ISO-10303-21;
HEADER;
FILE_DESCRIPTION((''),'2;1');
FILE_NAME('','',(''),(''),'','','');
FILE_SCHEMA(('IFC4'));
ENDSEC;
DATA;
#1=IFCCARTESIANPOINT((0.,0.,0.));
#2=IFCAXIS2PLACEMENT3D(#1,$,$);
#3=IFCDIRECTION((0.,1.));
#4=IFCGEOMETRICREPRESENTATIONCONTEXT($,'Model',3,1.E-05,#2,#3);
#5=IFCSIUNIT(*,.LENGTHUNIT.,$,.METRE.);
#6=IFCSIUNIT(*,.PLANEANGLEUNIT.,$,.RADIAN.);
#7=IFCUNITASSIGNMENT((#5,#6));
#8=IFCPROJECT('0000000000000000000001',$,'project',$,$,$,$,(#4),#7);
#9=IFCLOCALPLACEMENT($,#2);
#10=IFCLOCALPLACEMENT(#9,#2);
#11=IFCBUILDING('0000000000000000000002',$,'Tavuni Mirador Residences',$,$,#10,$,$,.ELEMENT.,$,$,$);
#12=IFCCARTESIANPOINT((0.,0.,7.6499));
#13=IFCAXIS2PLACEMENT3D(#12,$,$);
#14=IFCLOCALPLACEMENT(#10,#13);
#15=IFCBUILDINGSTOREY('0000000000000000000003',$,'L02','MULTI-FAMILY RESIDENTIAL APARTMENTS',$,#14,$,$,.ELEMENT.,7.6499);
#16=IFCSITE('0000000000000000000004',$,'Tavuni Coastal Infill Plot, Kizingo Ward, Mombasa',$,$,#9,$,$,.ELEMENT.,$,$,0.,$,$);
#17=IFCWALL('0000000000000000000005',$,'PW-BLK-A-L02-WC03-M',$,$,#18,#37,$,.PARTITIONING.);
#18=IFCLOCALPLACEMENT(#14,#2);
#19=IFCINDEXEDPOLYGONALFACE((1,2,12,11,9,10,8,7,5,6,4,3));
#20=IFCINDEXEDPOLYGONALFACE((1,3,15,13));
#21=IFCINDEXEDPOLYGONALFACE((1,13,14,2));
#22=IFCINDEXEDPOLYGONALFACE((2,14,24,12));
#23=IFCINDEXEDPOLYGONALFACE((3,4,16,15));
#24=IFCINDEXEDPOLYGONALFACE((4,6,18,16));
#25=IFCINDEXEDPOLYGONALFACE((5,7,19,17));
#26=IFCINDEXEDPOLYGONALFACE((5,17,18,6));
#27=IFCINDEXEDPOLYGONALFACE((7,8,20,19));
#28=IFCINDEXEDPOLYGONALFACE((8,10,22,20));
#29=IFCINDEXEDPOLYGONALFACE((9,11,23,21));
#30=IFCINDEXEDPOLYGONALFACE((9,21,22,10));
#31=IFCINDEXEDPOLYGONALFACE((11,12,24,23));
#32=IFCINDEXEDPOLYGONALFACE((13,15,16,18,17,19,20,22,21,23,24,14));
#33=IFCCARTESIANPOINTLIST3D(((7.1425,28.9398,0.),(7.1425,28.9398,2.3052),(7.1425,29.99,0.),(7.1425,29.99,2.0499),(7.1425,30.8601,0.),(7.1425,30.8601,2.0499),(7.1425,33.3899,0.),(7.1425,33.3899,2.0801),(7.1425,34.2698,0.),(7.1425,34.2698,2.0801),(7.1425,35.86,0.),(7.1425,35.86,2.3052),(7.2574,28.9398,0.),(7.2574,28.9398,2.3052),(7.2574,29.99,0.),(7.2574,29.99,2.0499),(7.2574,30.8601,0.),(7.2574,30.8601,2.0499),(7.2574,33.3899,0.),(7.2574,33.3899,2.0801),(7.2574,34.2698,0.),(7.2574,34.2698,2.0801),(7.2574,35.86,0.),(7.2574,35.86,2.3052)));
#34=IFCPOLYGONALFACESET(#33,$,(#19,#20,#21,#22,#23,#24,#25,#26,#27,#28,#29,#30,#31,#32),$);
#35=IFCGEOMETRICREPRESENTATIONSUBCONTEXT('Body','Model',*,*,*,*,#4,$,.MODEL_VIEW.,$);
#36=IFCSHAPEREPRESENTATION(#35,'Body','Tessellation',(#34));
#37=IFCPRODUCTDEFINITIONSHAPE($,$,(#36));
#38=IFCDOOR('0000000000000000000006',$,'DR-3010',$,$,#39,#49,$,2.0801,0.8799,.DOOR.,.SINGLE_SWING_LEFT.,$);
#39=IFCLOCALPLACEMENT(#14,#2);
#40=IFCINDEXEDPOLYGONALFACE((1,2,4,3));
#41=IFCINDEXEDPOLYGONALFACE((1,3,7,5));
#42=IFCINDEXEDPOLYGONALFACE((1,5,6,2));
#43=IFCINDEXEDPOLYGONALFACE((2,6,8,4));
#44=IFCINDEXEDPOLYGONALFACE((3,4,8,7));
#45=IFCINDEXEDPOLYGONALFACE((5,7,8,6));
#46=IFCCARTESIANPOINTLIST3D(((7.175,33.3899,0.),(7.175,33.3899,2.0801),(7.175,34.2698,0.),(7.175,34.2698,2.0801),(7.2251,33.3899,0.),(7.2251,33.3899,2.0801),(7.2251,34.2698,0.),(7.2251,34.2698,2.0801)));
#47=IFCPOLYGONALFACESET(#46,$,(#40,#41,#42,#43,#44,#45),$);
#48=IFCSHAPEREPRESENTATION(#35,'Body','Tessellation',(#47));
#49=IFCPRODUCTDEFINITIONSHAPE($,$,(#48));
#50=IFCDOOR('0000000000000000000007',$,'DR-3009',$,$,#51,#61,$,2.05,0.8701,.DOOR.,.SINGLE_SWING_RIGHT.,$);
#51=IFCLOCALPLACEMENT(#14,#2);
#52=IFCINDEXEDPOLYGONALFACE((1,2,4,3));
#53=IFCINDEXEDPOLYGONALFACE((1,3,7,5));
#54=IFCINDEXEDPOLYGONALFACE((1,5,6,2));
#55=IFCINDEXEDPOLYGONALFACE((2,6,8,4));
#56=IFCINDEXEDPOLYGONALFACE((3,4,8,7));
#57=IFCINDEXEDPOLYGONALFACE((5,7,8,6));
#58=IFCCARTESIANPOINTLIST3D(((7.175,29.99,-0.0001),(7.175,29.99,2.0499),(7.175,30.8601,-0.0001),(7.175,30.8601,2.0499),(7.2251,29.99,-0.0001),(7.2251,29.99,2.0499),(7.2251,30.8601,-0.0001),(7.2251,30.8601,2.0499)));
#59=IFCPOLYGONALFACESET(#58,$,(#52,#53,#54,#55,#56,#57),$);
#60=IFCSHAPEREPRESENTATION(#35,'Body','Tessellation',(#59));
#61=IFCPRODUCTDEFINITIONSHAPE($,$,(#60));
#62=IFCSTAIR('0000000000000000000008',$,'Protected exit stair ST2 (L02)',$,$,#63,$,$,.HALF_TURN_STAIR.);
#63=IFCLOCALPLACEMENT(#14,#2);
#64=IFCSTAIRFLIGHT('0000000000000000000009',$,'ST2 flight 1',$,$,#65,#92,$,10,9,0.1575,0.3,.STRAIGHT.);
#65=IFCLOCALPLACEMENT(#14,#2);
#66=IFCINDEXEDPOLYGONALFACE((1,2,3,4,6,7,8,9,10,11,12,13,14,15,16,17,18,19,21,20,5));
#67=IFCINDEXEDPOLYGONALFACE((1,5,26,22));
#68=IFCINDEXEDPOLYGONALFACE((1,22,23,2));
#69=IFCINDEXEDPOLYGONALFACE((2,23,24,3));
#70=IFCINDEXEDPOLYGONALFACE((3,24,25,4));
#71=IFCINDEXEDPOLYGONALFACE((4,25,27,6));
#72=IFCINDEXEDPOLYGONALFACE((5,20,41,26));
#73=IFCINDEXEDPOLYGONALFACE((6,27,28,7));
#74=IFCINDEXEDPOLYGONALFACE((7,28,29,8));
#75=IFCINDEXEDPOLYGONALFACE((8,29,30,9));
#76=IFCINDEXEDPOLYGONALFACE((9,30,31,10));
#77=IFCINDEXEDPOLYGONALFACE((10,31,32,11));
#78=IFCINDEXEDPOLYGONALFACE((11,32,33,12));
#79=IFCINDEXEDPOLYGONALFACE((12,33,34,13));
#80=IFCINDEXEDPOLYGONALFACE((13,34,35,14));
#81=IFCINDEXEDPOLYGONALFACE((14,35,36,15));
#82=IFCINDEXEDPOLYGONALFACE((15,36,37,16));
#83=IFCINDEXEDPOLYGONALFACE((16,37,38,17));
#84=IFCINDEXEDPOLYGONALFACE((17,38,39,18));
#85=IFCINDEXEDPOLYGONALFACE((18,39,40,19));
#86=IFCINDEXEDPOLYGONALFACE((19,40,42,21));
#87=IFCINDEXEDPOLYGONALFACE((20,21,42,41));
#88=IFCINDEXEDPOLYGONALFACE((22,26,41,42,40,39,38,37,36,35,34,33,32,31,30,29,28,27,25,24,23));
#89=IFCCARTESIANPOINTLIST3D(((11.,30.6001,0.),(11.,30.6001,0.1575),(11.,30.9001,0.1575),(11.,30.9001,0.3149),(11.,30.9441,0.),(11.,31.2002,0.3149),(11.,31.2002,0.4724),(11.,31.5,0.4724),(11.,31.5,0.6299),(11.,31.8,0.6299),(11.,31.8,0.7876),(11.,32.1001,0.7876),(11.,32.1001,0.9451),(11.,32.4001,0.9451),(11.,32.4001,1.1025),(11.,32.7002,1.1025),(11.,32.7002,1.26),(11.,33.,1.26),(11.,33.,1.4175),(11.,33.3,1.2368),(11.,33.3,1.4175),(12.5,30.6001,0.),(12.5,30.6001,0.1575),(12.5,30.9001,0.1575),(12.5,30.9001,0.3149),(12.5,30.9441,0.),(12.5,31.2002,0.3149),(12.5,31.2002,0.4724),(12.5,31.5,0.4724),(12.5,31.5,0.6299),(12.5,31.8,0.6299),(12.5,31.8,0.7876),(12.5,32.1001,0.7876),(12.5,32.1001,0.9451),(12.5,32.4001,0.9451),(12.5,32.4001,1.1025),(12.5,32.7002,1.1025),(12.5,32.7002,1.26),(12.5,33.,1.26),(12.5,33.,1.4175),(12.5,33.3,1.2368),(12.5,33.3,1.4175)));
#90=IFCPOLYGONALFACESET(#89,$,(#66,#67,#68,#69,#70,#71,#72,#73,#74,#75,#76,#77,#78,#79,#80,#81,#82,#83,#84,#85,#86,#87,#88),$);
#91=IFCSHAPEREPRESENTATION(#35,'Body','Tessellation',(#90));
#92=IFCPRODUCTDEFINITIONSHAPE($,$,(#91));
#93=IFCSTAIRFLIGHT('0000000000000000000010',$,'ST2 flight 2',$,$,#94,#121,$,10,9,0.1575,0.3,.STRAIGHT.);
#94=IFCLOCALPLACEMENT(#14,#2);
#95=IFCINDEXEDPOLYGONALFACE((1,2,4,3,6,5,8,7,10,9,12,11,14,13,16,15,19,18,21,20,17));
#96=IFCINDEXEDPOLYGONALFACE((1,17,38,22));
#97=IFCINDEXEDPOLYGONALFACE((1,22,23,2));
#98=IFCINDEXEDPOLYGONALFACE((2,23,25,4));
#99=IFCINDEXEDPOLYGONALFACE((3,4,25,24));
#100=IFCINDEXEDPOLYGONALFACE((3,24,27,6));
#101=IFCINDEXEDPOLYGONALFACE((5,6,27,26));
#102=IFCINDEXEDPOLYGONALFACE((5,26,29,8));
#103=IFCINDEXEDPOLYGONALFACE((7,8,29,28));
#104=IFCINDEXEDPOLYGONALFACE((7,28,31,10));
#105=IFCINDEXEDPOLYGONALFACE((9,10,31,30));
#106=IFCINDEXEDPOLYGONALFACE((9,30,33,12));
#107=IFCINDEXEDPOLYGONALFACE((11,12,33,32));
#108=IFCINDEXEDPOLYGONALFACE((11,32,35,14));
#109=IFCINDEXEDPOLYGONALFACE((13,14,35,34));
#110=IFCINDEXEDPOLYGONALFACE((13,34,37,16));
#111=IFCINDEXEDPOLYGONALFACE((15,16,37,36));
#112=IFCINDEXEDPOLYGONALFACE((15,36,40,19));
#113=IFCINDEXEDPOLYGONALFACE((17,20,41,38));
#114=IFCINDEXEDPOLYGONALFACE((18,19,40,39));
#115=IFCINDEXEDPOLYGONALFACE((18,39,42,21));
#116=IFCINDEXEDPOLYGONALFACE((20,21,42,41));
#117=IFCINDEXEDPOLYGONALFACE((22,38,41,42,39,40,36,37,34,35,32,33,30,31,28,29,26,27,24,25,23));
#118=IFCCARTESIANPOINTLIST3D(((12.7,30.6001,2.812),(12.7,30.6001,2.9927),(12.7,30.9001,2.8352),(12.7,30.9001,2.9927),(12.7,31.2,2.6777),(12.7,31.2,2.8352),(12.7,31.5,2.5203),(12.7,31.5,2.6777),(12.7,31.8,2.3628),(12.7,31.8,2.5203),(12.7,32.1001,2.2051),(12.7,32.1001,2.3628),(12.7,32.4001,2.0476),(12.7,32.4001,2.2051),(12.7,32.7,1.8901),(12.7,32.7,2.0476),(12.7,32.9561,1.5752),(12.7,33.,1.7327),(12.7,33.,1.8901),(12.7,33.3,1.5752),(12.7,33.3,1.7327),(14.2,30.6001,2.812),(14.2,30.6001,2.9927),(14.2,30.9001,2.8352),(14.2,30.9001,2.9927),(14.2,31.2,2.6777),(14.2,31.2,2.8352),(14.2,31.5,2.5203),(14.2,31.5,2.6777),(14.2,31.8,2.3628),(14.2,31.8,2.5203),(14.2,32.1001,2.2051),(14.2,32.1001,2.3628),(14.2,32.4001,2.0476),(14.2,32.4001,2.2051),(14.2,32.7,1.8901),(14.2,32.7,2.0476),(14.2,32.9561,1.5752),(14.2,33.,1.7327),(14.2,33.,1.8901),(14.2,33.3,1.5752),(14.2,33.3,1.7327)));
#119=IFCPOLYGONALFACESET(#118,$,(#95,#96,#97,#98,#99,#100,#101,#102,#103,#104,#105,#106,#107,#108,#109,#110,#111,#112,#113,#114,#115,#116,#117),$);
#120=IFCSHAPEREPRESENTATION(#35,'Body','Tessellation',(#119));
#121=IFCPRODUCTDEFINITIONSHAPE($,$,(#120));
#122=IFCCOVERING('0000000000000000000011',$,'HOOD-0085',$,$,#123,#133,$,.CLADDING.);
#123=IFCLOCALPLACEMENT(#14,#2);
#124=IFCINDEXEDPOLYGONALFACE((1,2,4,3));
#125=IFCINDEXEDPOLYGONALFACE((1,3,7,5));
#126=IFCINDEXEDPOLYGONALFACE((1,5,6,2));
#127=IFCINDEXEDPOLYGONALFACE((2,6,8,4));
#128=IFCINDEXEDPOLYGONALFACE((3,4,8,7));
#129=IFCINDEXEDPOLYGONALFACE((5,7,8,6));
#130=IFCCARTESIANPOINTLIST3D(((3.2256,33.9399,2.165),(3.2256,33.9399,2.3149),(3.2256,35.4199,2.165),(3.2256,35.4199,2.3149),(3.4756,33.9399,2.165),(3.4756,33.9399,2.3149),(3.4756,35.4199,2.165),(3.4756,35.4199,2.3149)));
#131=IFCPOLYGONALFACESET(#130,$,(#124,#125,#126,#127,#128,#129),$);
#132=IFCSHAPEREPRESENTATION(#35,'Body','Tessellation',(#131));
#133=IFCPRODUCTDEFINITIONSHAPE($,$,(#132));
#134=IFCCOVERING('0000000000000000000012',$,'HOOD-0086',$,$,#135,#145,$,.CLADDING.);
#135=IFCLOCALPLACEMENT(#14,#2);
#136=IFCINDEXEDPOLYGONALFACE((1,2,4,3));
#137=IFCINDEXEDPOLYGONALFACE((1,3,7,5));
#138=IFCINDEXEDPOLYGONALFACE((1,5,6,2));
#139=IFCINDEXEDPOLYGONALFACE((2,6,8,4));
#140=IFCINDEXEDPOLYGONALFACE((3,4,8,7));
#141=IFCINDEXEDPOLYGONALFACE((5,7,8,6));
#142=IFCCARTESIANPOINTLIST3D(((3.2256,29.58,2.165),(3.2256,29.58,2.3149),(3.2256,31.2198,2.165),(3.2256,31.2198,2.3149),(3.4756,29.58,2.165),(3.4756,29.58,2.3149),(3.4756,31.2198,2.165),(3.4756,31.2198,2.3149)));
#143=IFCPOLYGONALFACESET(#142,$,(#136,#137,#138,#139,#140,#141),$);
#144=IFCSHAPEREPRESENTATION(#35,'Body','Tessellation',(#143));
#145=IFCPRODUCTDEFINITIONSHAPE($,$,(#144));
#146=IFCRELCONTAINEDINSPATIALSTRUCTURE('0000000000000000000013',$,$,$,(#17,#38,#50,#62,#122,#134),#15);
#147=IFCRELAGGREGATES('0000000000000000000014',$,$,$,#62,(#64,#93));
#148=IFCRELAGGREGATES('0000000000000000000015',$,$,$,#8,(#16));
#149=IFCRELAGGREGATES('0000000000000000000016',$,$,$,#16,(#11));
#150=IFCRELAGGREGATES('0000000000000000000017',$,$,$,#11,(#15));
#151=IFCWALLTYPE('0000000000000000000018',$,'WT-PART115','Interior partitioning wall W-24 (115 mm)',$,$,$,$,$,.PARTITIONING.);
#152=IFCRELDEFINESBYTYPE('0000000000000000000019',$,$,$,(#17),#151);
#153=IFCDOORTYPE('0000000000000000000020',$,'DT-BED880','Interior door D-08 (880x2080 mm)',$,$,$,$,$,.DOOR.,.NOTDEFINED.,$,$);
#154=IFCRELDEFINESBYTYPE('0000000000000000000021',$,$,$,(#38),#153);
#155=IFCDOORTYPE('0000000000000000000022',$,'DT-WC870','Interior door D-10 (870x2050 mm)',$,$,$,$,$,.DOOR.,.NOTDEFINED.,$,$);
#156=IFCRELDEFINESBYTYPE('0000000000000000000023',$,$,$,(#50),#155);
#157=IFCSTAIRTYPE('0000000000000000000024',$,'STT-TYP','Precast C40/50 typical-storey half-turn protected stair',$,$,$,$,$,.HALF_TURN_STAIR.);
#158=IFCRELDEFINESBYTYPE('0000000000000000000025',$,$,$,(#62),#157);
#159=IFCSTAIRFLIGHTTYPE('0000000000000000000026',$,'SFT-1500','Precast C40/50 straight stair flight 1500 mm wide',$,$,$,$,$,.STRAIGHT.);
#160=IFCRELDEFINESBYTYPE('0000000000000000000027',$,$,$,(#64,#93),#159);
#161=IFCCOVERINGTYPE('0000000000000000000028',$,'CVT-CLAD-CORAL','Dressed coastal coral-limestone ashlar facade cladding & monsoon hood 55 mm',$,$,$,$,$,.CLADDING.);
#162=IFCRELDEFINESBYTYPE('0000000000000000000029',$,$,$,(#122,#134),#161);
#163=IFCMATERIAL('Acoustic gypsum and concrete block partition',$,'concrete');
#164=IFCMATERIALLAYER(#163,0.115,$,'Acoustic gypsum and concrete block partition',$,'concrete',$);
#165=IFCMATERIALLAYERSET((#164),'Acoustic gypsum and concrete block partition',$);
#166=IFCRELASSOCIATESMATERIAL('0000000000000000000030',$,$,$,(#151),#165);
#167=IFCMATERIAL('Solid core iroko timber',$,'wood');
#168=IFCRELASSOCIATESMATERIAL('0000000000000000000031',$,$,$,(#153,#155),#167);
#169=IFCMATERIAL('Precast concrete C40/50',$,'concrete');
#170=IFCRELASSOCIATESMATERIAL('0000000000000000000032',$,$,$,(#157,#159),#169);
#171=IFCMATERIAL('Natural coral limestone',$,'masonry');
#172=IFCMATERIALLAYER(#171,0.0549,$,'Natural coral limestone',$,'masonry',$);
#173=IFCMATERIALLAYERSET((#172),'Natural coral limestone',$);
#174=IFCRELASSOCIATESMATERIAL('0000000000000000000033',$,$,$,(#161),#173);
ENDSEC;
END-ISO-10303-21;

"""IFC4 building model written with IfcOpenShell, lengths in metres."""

from ifc_helpers import new_model, si_unit, direction, frame, frame_2d, origin, origin_2d, place, context, subcontext, project, spatial, polyline, rectangle, outline, extrude, material, layer, layer_set, type_object, element, fill, aggregate, save


model = new_model("IFC4")

# Units and contexts
model_context = context("Model", 3, precision=1e-05, world=origin(), true_north=direction((0.0, 1.0)))
body_context = subcontext(model_context, "Body", "Model", "MODEL_VIEW")
ifc_project = project(units=[si_unit("LENGTHUNIT", "METRE"), si_unit("PLANEANGLEUNIT", "RADIAN")], contexts=[model_context])

# Site, building, storey
site_placement = place(None, origin())
site = spatial("IfcSite", under=ifc_project, at=site_placement, Name="Tavuni Coastal Infill Plot, Kizingo Ward, Mombasa", CompositionType="ELEMENT", RefElevation=0.0)
building_placement = place(site_placement, origin())
building = spatial("IfcBuilding", under=site, at=building_placement, Name="Tavuni Mirador Residences", CompositionType="ELEMENT")
storey_placement = place(building_placement, frame((0.0, 0.0, 7.6499)))
storey = spatial("IfcBuildingStorey", under=building, at=storey_placement, Name="L02", Description="MULTI-FAMILY RESIDENTIAL APARTMENTS", CompositionType="ELEMENT", Elevation=7.6499)

# Shared definitions
ifc_material_1 = material(Name="Precast concrete C40/50", Category="concrete")

# Shared definitions
ifc_material_2 = material(Name="Solid core iroko timber", Category="wood")

# Shared definitions
ifc_material_3 = material(Name="Acoustic gypsum and concrete block partition", Category="concrete")

# Wall, openings, doors
ifc_layer_1 = layer(ifc_material_3, 0.115, Name="Acoustic gypsum and concrete block partition", Category="concrete")
ifc_layer_set_1 = layer_set([ifc_layer_1], Name="Acoustic gypsum and concrete block partition")
wall_type_1 = type_object("IfcWallType", Name="WT-PART115", Description="Interior partitioning wall W-24 (115 mm)", PredefinedType="PARTITIONING", material=ifc_layer_set_1)
wall_1_placement = place(storey_placement, frame((7.2, 28.9399, 0.0), z_axis=(0.0, 0.0, 1.0), x_axis=(0.0, 1.0, 0.0)))
wall_1 = element("IfcWall", 1, at=wall_1_placement, inside=storey, type_object=wall_type_1, Name="PW-BLK-A-L02-WC03-M", PredefinedType="PARTITIONING", context=body_context, shape_type="SweptSolid", body=[
    extrude(rectangle(XDim=6.9202, YDim=0.115, at=frame_2d((3.46, 0.0))), origin(), (0.0, 0.0, 1.0), 2.3052),
])
opening_1_placement = place(wall_1_placement, frame((1.05, 0.0, 0.0)))
opening_1 = element("IfcOpeningElement", 2, at=opening_1_placement, cuts=wall_1, PredefinedType="OPENING", context=body_context, shape_type="SweptSolid", body=[
    extrude(rectangle(XDim=0.8701, YDim=2.05, at=frame_2d((0.4351, 1.0249))), frame((0.0, 0.0674, 0.0), z_axis=(0.0, -1.0, 0.0), x_axis=(1.0, 0.0, 0.0)), (0.0, 0.0, 1.0), 0.135),
])
opening_2_placement = place(wall_1_placement, frame((4.45, 0.0, 0.0)))
opening_2 = element("IfcOpeningElement", 3, at=opening_2_placement, cuts=wall_1, PredefinedType="OPENING", context=body_context, shape_type="SweptSolid", body=[
    extrude(rectangle(XDim=0.8799, YDim=2.0801, at=frame_2d((0.4399, 1.04))), frame((0.0, 0.0674, 0.0), z_axis=(0.0, -1.0, 0.0), x_axis=(1.0, 0.0, 0.0)), (0.0, 0.0, 1.0), 0.135),
])
door_type_1 = type_object("IfcDoorType", Name="DT-BED880", Description="Interior door D-08 (880x2080 mm)", OperationType="NOTDEFINED", PredefinedType="DOOR", material=ifc_material_2)
door_1_placement = place(opening_2_placement, origin())
door_1 = element("IfcDoor", 4, at=door_1_placement, inside=storey, type_object=door_type_1, Name="DR-3010", OperationType="SINGLE_SWING_LEFT", OverallHeight=2.0801, OverallWidth=0.8799, PredefinedType="DOOR", context=body_context, shape_type="SweptSolid", body=[
    extrude(rectangle(XDim=0.8799, YDim=2.0801, at=frame_2d((0.4399, 1.04))), frame((0.0, 0.0249, 0.0), z_axis=(0.0, -1.0, 0.0), x_axis=(1.0, 0.0, 0.0)), (0.0, 0.0, 1.0), 0.05),
])
fill(opening_2, door_1)
door_type_2 = type_object("IfcDoorType", Name="DT-WC870", Description="Interior door D-10 (870x2050 mm)", OperationType="NOTDEFINED", PredefinedType="DOOR", material=ifc_material_2)
door_2_placement = place(opening_1_placement, origin())
door_2 = element("IfcDoor", 5, at=door_2_placement, inside=storey, type_object=door_type_2, Name="DR-3009", OperationType="SINGLE_SWING_RIGHT", OverallHeight=2.05, OverallWidth=0.8701, PredefinedType="DOOR", context=body_context, shape_type="SweptSolid", body=[
    extrude(rectangle(XDim=0.8701, YDim=2.05, at=frame_2d((0.4351, 1.0249))), frame((0.0, 0.0249, 0.0), z_axis=(0.0, -1.0, 0.0), x_axis=(1.0, 0.0, 0.0)), (0.0, 0.0, 1.0), 0.05),
])
fill(opening_1, door_2)

# Stair, stair flights
stair_type = type_object("IfcStairType", Name="STT-TYP", Description="Precast C40/50 typical-storey half-turn protected stair", PredefinedType="HALF_TURN_STAIR", material=ifc_material_1)
stair_placement = place(storey_placement, origin())
stair = element("IfcStair", 6, at=stair_placement, inside=storey, type_object=stair_type, Name="Protected exit stair ST2 (L02)", PredefinedType="HALF_TURN_STAIR")
stair_flight_type = type_object("IfcStairFlightType", Name="SFT-1500", Description="Precast C40/50 straight stair flight 1500 mm wide", PredefinedType="STRAIGHT", material=ifc_material_1)
stair_flight_1_placement = place(storey_placement, frame((11.75, 30.6001, 0.0), z_axis=(0.0, 0.0, 1.0), x_axis=(0.0, 1.0, 0.0)))
stair_flight_1 = element("IfcStairFlight", 7, at=stair_flight_1_placement, type_object=stair_flight_type, Name="ST2 flight 1", NumberOfRisers=10, NumberOfTreads=9, PredefinedType="STRAIGHT", RiserHeight=0.1575, TreadLength=0.3, context=body_context, shape_type="SweptSolid", body=[
    extrude(outline(polyline([(0.0, 0.0), (0.0, 0.1575), (0.3, 0.1575), (0.3, 0.3149), (0.6001, 0.3149), (0.6001, 0.4724), (0.8999, 0.4724), (0.8999, 0.6299), (1.2, 0.6299), (1.2, 0.7876), (1.5, 0.7876), (1.5, 0.9451), (1.8, 0.9451), (1.8, 1.1025), (2.1001, 1.1025), (2.1001, 1.26), (2.3999, 1.26), (2.3999, 1.4175), (2.7, 1.4175), (2.7, 1.575), (2.7, 1.2368), (0.344, 0.0), (0.0, 0.0)])), frame((0.0, 0.75, 0.0), z_axis=(0.0, -1.0, 0.0), x_axis=(1.0, 0.0, 0.0)), (0.0, 0.0, 1.0), 1.5),
])
stair_flight_2_placement = place(storey_placement, frame((13.45, 33.3, 1.5752), z_axis=(0.0, 0.0, 1.0), x_axis=(0.0, -1.0, 0.0)))
stair_flight_2 = element("IfcStairFlight", 8, at=stair_flight_2_placement, type_object=stair_flight_type, Name="ST2 flight 2", NumberOfRisers=10, NumberOfTreads=9, PredefinedType="STRAIGHT", RiserHeight=0.1575, TreadLength=0.3, context=body_context, shape_type="SweptSolid", body=[
    extrude(outline(polyline([(0.0, 0.0), (0.0, 0.1575), (0.3, 0.1575), (0.3, 0.3149), (0.6001, 0.3149), (0.6001, 0.4724), (0.8999, 0.4724), (0.8999, 0.6299), (1.2, 0.6299), (1.2, 0.7876), (1.5, 0.7876), (1.5, 0.9451), (1.8, 0.9451), (1.8, 1.1025), (2.1001, 1.1025), (2.1001, 1.26), (2.3999, 1.26), (2.3999, 1.4175), (2.7, 1.4175), (2.7, 1.575), (2.7, 1.2368), (0.344, 0.0), (0.0, 0.0)])), frame((0.0, 0.75, 0.0), z_axis=(0.0, -1.0, 0.0), x_axis=(1.0, 0.0, 0.0)), (0.0, 0.0, 1.0), 1.5),
])
aggregate(stair, [stair_flight_1, stair_flight_2])

# Coverings
ifc_material_4 = material(Name="Natural coral limestone", Category="masonry")
ifc_layer_2 = layer(ifc_material_4, 0.0549, Name="Natural coral limestone", Category="masonry")
ifc_layer_set_2 = layer_set([ifc_layer_2], Name="Natural coral limestone")
covering_type = type_object("IfcCoveringType", Name="CVT-CLAD-CORAL", Description="Dressed coastal coral-limestone ashlar facade cladding & monsoon hood 55 mm", PredefinedType="CLADDING", material=ifc_layer_set_2)
covering_1_placement = place(storey_placement, frame((3.3506, 34.6799, 2.165), z_axis=(0.0, 0.0, 1.0), x_axis=(0.0, -1.0, 0.0)))
element("IfcCovering", 9, at=covering_1_placement, inside=storey, type_object=covering_type, Name="HOOD-0085", PredefinedType="CLADDING", context=body_context, shape_type="SweptSolid", body=[
    extrude(rectangle(XDim=1.48, YDim=0.25, at=origin_2d()), origin(), (0.0, 0.0, 1.0), 0.1499),
])
covering_2_placement = place(storey_placement, frame((3.3506, 30.3999, 2.165), z_axis=(0.0, 0.0, 1.0), x_axis=(0.0, -1.0, 0.0)))
element("IfcCovering", 10, at=covering_2_placement, inside=storey, type_object=covering_type, Name="HOOD-0086", PredefinedType="CLADDING", context=body_context, shape_type="SweptSolid", body=[
    extrude(rectangle(XDim=1.6399, YDim=0.25, at=origin_2d()), origin(), (0.0, 0.0, 1.0), 0.1499),
])

save(model, "model.ifc")
